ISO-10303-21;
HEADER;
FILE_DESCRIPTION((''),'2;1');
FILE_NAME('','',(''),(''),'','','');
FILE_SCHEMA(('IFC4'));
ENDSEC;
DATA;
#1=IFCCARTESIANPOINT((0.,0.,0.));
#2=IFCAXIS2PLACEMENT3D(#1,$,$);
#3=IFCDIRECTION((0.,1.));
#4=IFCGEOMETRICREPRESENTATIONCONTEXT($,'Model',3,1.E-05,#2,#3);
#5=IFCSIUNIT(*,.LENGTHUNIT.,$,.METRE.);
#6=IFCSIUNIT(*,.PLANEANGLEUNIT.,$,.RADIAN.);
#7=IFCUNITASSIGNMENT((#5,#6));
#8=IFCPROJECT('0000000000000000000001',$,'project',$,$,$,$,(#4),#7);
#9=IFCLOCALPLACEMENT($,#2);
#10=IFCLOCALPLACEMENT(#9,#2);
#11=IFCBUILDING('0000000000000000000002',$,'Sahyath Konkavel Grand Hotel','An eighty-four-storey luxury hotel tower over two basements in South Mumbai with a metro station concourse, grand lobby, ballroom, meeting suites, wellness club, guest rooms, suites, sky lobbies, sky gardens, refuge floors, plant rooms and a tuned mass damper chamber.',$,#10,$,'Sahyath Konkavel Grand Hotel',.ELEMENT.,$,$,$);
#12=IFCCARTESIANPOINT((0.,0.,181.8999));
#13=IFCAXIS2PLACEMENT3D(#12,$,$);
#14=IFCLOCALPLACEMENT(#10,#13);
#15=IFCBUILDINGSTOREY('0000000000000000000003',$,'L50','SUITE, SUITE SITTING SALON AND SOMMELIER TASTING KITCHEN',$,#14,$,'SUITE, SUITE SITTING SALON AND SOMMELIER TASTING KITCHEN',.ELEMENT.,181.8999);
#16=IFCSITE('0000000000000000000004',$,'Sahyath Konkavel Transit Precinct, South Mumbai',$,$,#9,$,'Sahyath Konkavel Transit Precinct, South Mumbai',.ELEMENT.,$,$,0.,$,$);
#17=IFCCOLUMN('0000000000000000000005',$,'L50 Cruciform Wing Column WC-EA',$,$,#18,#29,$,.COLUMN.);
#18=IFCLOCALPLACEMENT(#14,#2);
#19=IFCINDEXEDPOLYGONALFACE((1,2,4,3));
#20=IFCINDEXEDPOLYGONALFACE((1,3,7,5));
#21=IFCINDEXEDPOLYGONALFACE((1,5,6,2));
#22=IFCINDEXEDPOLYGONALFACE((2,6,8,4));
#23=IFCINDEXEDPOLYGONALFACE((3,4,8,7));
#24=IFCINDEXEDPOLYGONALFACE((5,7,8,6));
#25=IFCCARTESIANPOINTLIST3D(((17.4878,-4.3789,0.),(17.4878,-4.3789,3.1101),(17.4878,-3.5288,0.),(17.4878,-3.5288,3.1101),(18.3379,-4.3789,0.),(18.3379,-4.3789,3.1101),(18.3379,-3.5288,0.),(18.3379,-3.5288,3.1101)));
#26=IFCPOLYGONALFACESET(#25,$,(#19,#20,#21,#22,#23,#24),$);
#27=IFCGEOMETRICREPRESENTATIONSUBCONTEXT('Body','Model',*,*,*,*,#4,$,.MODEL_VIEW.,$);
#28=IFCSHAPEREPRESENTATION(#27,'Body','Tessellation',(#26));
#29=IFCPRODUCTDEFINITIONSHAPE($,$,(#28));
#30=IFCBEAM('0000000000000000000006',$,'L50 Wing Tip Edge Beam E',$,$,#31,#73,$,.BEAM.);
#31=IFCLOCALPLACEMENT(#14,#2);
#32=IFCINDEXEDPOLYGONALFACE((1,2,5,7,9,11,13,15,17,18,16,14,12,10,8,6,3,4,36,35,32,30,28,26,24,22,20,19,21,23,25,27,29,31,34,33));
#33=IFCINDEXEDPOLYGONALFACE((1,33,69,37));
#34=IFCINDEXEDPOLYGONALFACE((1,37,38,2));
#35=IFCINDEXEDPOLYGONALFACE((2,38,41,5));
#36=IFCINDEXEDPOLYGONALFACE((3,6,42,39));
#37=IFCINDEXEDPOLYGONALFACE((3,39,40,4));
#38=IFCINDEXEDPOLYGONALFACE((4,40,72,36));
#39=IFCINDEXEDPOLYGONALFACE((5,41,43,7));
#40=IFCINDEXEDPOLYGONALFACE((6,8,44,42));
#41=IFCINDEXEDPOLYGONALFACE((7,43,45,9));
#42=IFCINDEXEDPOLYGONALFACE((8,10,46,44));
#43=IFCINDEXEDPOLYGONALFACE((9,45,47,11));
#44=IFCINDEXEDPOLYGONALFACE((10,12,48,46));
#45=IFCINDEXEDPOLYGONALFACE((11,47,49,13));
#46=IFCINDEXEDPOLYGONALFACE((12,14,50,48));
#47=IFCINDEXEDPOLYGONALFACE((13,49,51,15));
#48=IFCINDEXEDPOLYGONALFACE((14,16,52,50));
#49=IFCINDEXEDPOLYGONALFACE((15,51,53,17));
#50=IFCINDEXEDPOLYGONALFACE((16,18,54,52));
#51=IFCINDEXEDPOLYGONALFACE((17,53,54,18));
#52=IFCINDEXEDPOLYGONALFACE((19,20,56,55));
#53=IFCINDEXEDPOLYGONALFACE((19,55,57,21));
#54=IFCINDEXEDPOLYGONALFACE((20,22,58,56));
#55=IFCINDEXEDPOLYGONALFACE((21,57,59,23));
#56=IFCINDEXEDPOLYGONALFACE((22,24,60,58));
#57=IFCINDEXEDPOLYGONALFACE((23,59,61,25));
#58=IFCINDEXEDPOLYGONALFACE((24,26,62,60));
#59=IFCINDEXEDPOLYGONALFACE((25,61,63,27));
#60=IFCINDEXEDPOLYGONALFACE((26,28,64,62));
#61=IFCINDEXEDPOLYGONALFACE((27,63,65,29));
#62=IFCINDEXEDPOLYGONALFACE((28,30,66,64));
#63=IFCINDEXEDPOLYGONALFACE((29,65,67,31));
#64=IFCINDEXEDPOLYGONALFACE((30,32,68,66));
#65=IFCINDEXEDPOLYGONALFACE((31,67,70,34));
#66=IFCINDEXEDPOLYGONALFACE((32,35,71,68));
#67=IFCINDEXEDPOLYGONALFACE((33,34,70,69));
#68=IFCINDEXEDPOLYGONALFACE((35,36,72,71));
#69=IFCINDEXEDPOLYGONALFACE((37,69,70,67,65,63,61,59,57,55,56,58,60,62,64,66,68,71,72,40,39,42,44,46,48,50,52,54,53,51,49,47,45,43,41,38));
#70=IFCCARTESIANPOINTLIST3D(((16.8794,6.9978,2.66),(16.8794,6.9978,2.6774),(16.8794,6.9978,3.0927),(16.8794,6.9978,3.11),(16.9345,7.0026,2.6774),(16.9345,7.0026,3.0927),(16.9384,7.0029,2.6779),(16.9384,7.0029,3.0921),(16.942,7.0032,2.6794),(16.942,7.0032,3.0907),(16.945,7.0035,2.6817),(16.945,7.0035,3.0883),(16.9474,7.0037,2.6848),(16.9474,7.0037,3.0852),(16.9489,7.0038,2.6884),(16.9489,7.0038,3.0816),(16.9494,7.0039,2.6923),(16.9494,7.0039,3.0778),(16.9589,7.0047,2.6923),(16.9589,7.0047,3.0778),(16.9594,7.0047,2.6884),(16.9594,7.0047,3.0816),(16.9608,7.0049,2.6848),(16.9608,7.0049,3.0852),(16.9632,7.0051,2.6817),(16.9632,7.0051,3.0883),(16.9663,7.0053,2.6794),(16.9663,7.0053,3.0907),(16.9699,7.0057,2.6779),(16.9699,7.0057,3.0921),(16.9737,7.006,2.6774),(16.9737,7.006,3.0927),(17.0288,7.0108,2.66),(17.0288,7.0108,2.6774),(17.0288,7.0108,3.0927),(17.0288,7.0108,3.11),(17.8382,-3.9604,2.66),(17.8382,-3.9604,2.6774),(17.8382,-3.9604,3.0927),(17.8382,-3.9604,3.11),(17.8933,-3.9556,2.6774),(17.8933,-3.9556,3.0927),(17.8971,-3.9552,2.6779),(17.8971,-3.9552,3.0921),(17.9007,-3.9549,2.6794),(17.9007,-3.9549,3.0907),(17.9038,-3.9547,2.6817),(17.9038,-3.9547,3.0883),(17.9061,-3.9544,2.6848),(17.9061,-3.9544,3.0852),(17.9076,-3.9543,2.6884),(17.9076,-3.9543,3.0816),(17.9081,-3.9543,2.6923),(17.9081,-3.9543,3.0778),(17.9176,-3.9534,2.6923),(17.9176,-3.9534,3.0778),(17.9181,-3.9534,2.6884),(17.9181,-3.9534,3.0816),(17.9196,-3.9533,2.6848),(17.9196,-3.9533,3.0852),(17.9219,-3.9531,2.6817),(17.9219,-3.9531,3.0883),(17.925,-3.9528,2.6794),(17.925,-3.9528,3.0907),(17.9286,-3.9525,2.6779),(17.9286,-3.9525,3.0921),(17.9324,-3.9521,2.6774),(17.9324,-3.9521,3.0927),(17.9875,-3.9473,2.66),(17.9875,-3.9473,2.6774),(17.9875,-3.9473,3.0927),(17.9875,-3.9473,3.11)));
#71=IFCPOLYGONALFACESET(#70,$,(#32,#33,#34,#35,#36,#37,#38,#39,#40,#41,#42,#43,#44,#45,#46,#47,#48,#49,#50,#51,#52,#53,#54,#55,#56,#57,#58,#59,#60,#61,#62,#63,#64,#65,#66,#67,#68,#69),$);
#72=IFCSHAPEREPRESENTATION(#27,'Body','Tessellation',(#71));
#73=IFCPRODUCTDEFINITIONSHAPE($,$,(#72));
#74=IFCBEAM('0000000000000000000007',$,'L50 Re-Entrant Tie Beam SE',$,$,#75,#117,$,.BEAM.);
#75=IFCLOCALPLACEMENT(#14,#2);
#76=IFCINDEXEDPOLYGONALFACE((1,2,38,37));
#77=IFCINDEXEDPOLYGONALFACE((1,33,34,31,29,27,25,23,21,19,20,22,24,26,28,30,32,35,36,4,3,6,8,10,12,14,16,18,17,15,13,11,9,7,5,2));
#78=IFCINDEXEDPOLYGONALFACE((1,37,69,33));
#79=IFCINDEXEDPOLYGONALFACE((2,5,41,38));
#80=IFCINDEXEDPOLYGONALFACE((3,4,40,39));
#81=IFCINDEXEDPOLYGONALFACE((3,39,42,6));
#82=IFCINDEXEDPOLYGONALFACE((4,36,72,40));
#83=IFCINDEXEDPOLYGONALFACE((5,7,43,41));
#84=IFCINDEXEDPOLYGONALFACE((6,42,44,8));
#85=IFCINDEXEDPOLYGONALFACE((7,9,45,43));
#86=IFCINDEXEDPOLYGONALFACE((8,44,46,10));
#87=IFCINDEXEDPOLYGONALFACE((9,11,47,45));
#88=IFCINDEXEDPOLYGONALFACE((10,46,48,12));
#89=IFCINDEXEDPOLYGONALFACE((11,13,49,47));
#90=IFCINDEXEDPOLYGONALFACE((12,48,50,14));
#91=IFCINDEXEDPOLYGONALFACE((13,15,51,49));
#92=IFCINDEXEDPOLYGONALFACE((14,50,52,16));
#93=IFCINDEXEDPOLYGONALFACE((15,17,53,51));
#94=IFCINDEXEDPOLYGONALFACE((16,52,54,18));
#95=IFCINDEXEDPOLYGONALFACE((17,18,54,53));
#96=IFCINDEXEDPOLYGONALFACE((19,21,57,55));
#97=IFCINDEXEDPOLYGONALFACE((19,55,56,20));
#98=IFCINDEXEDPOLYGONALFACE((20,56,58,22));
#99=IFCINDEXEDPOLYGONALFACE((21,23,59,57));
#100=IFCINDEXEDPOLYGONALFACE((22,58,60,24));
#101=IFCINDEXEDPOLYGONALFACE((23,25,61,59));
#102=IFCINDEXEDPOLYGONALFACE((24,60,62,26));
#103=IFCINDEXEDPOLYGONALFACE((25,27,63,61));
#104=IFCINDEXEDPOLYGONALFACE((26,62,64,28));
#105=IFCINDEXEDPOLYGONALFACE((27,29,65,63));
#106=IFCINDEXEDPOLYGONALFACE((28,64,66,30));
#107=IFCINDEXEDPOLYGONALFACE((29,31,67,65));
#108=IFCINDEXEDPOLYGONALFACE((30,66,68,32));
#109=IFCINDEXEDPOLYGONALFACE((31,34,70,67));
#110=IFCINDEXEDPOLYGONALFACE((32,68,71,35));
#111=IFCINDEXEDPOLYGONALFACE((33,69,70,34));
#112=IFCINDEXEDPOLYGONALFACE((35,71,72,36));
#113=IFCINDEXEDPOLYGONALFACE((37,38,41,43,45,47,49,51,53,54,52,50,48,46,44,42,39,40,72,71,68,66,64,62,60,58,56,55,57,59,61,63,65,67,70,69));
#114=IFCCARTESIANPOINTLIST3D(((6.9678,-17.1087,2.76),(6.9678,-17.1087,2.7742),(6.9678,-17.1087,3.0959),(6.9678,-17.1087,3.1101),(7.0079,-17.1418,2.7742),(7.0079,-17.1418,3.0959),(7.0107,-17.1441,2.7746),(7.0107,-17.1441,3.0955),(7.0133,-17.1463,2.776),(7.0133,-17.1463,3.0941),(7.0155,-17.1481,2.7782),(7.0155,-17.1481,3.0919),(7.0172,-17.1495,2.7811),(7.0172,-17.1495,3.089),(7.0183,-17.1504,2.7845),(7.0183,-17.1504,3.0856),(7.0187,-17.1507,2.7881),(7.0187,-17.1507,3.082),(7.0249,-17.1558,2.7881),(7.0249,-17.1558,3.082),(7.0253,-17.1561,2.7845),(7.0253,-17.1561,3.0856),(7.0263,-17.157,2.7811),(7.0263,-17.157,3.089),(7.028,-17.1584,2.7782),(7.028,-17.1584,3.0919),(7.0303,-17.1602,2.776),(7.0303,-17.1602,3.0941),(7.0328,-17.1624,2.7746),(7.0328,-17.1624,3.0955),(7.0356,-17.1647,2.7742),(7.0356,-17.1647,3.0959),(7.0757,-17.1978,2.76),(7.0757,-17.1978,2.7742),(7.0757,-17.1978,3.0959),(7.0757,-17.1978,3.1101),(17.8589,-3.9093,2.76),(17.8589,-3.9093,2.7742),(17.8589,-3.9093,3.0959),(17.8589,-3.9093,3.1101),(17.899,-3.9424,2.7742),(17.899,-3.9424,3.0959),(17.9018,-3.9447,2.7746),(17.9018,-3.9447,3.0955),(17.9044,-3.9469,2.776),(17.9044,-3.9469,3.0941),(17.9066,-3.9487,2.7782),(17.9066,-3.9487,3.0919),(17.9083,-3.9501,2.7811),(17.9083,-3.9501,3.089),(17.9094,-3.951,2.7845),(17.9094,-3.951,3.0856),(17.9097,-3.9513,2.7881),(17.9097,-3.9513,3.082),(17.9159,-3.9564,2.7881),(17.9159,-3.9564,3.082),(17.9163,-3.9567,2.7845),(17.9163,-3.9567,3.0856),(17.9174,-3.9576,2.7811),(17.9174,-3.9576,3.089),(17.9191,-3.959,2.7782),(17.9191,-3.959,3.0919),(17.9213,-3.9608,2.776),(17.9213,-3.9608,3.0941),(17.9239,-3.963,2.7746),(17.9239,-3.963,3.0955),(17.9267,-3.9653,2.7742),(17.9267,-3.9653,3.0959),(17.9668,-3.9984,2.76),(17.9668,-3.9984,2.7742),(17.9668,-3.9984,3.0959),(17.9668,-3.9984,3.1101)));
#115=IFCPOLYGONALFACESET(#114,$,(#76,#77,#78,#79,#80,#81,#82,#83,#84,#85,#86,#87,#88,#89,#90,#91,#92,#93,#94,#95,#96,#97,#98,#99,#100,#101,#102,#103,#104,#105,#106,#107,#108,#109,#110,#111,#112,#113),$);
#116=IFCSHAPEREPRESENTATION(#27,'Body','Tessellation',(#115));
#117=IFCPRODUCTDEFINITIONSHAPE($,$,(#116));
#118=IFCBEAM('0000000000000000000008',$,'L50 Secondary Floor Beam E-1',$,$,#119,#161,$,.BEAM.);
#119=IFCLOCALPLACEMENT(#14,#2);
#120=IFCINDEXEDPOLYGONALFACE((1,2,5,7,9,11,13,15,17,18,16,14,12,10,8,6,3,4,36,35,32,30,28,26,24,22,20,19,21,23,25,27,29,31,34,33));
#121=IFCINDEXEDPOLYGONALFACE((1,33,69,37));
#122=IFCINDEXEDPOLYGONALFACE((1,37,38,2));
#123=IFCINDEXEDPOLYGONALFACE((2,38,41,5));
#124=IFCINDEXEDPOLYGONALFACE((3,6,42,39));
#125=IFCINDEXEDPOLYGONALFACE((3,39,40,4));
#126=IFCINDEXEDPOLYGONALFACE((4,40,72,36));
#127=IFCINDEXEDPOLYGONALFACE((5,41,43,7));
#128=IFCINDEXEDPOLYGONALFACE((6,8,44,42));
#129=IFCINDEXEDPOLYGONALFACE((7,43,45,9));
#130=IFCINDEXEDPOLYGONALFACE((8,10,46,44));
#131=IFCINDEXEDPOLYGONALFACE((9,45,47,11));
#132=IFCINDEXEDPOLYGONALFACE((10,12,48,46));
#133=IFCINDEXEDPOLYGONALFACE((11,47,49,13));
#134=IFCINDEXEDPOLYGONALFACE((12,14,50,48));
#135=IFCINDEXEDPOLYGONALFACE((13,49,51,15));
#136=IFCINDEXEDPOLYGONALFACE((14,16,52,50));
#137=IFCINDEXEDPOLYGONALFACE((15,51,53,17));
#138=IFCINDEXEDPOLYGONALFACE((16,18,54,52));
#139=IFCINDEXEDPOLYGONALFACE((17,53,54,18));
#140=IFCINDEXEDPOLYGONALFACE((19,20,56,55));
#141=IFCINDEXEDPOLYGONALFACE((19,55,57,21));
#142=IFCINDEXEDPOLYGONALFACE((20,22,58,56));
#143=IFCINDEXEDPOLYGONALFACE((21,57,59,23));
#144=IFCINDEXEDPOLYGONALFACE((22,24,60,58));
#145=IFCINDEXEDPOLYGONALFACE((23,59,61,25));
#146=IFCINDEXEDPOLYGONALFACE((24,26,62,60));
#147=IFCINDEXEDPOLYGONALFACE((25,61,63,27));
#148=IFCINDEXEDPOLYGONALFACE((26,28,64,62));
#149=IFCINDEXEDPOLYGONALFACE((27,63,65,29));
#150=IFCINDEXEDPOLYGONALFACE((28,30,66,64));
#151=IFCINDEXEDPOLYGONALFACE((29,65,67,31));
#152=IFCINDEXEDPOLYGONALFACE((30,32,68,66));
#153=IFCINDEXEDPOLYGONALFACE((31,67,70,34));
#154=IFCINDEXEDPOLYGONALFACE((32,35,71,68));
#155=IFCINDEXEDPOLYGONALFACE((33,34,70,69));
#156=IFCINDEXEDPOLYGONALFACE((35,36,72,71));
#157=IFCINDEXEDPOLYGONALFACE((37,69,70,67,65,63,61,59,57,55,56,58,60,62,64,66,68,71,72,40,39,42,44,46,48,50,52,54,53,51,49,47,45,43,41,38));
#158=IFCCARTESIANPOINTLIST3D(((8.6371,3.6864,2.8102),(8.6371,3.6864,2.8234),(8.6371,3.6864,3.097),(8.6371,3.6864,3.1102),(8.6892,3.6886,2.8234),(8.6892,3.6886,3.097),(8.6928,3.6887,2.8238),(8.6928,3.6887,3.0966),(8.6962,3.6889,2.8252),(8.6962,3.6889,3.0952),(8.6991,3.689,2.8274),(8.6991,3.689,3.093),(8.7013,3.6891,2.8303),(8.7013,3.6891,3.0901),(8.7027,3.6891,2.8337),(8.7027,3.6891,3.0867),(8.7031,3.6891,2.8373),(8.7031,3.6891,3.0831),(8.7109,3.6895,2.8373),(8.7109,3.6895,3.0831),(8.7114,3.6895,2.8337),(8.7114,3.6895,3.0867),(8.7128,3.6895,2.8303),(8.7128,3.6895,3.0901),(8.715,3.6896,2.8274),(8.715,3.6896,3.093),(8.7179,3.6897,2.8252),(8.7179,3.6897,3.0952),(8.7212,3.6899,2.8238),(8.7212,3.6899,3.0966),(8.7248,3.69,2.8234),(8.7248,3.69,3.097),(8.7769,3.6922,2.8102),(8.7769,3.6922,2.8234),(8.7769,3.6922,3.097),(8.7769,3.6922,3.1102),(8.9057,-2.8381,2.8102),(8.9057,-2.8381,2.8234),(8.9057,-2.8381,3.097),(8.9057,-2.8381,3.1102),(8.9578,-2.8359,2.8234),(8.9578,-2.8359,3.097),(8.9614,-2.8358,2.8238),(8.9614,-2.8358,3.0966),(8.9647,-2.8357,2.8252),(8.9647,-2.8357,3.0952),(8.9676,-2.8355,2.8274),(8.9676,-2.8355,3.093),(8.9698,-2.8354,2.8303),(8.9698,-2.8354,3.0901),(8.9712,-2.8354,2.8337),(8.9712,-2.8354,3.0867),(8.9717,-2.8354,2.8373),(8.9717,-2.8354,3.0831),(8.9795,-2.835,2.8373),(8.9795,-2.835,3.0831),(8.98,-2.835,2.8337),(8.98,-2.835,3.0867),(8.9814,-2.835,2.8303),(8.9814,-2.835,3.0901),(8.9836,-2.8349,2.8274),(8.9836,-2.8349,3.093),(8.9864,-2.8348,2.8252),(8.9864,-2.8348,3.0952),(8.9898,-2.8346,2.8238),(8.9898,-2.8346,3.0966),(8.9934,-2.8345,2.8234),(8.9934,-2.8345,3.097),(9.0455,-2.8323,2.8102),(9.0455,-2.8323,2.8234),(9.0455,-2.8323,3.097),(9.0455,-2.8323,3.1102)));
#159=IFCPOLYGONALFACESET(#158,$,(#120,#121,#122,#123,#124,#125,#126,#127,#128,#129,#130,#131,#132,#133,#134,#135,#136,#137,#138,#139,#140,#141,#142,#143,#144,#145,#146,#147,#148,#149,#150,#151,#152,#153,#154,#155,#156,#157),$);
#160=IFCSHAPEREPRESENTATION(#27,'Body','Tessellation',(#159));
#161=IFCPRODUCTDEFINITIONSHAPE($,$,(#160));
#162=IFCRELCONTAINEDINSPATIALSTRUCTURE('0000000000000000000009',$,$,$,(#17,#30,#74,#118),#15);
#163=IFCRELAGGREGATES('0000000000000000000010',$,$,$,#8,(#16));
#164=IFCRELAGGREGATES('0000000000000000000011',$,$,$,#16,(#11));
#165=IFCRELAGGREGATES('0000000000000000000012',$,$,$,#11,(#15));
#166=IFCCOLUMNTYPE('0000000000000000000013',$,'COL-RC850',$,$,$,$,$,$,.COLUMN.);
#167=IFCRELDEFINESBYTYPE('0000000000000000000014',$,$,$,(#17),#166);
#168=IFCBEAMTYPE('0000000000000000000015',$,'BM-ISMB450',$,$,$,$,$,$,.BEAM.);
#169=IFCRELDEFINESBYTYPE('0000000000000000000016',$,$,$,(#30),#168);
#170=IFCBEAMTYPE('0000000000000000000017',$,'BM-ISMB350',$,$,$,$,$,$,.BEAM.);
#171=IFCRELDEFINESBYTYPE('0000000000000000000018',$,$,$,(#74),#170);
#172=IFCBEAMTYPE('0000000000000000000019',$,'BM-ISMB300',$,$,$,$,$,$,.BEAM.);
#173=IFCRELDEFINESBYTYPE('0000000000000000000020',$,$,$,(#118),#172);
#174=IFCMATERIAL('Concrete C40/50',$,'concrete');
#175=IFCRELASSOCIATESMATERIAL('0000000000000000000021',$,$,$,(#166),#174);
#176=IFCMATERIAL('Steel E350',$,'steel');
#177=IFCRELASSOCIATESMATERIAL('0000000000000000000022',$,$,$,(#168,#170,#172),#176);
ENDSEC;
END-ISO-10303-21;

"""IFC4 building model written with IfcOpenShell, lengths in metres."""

from ifc_helpers import new_model, si_unit, direction, frame, origin, origin_2d, place, context, subcontext, project, spatial, rectangle, i_section, extrude, source, transform, mapped, material, material_profile, profile_set, type_object, element, save


model = new_model("IFC4")

# Units and contexts
model_context = context("Model", 3, precision=1e-05, world=origin(), true_north=direction((0.0, 1.0)))
body_context = subcontext(model_context, "Body", "Model", "MODEL_VIEW")
ifc_project = project(units=[si_unit("LENGTHUNIT", "METRE"), si_unit("PLANEANGLEUNIT", "RADIAN")], contexts=[model_context])

# Site, building, storey
site_placement = place(None, origin())
site = spatial("IfcSite", under=ifc_project, at=site_placement, Name="Sahyath Konkavel Transit Precinct, South Mumbai", LongName="Sahyath Konkavel Transit Precinct, South Mumbai", CompositionType="ELEMENT", RefElevation=0.0)
building_placement = place(site_placement, origin())
building = spatial("IfcBuilding", under=site, at=building_placement, Name="Sahyath Konkavel Grand Hotel", Description="An eighty-four-storey luxury hotel tower over two basements in South Mumbai with a metro station concourse, grand lobby, ballroom, meeting suites, wellness club, guest rooms, suites, sky lobbies, sky gardens, refuge floors, plant rooms and a tuned mass damper chamber.", LongName="Sahyath Konkavel Grand Hotel", CompositionType="ELEMENT")
storey_placement = place(building_placement, frame((0.0, 0.0, 181.8999)))
storey = spatial("IfcBuildingStorey", under=building, at=storey_placement, Name="L50", Description="SUITE, SUITE SITTING SALON AND SOMMELIER TASTING KITCHEN", LongName="SUITE, SUITE SITTING SALON AND SOMMELIER TASTING KITCHEN", CompositionType="ELEMENT", Elevation=181.8999)

# Column
ifc_material_1 = material(Name="Concrete C40/50", Category="concrete")
ifc_material_profile_1 = material_profile(ifc_material_1, rectangle(XDim=0.8501, YDim=0.8501, at=origin_2d()), Name="RC 850x850")
ifc_profile_set_1 = profile_set([ifc_material_profile_1], Name="Concrete C40/50")
column_type = type_object("IfcColumnType", Name="COL-RC850", PredefinedType="COLUMN", material=ifc_profile_set_1)
shared_shape_1 = source(origin(), body_context, "Body", "SweptSolid", [
    extrude(rectangle(XDim=0.8501, YDim=0.8501, at=origin_2d()), origin(), (0.0, 0.0, 1.0), 3.1101),
])
column_placement = place(storey_placement, frame((17.9128, -3.9539, 0.0), z_axis=(0.0, 0.0, 1.0), x_axis=(1.0, 0.0, 0.0)))
element("IfcColumn", 1, at=column_placement, inside=storey, type_object=column_type, Name="L50 Cruciform Wing Column WC-EA", PredefinedType="COLUMN", context=body_context, shape_type="MappedRepresentation", body=[
    mapped(shared_shape_1, transform((0.0, 0.0, 0.0), scale=1.0)),
])

# Beams
ifc_material_2 = material(Name="Steel E350", Category="steel")
ifc_material_profile_2 = material_profile(ifc_material_2, i_section(OverallWidth=0.1499, OverallDepth=0.45, WebThickness=0.0095, FlangeThickness=0.0173, FilletRadius=0.0149, at=origin_2d()), Name="ISMB 450")
ifc_profile_set_2 = profile_set([ifc_material_profile_2], Name="Steel E350")
beam_type_1 = type_object("IfcBeamType", Name="BM-ISMB450", PredefinedType="BEAM", material=ifc_profile_set_2)
shared_shape_2 = source(origin(), body_context, "Body", "SweptSolid", [
    extrude(i_section(OverallWidth=0.1499, OverallDepth=0.45, WebThickness=0.0095, FlangeThickness=0.0173, FilletRadius=0.0149, at=origin_2d()), origin(), (0.0, 0.0, 1.0), 11.0),
])
beam_1_placement = place(storey_placement, frame((17.9128, -3.9539, 2.885), z_axis=(-0.087157, 0.996195, 0.0), x_axis=(-0.996195, -0.087157, 0.0)))
element("IfcBeam", 2, at=beam_1_placement, inside=storey, type_object=beam_type_1, Name="L50 Wing Tip Edge Beam E", PredefinedType="BEAM", context=body_context, shape_type="MappedRepresentation", body=[
    mapped(shared_shape_2, transform((0.0, 0.0, 0.0), scale=1.0)),
])
ifc_material_profile_3 = material_profile(ifc_material_2, i_section(OverallWidth=0.1399, OverallDepth=0.3501, WebThickness=0.0081, FlangeThickness=0.0142, FilletRadius=0.0139, at=origin_2d()), Name="ISMB 350")
ifc_profile_set_3 = profile_set([ifc_material_profile_3], Name="Steel E350")
beam_type_2 = type_object("IfcBeamType", Name="BM-ISMB350", PredefinedType="BEAM", material=ifc_profile_set_3)
shared_shape_3 = source(origin(), body_context, "Body", "SweptSolid", [
    extrude(i_section(OverallWidth=0.1399, OverallDepth=0.3501, WebThickness=0.0081, FlangeThickness=0.0142, FilletRadius=0.0139, at=origin_2d()), origin(), (0.0, 0.0, 1.0), 17.1125),
])
beam_2_placement = place(storey_placement, frame((17.9128, -3.9539, 2.9351), z_axis=(-0.636437, -0.771329, 0.0), x_axis=(0.771329, -0.636437, 0.0)))
element("IfcBeam", 3, at=beam_2_placement, inside=storey, type_object=beam_type_2, Name="L50 Re-Entrant Tie Beam SE", PredefinedType="BEAM", context=body_context, shape_type="MappedRepresentation", body=[
    mapped(shared_shape_3, transform((0.0, 0.0, 0.0), scale=1.0)),
])
ifc_material_profile_4 = material_profile(ifc_material_2, i_section(OverallWidth=0.1399, OverallDepth=0.3, WebThickness=0.0078, FlangeThickness=0.0132, FilletRadius=0.0139, at=origin_2d()), Name="ISMB 300")
ifc_profile_set_4 = profile_set([ifc_material_profile_4], Name="Steel E350")
beam_type_3 = type_object("IfcBeamType", Name="BM-ISMB300", PredefinedType="BEAM", material=ifc_profile_set_4)
shared_shape_4 = source(origin(), body_context, "Body", "SweptSolid", [
    extrude(i_section(OverallWidth=0.1399, OverallDepth=0.3, WebThickness=0.0078, FlangeThickness=0.0132, FilletRadius=0.0139, at=origin_2d()), origin(), (0.0, 0.0, 1.0), 6.53),
])
beam_3_placement = place(storey_placement, frame((8.9756, -2.8352, 2.9602), z_axis=(-0.041127, 0.999154, 0.0), x_axis=(-0.999154, -0.041127, 0.0)))
element("IfcBeam", 4, at=beam_3_placement, inside=storey, type_object=beam_type_3, Name="L50 Secondary Floor Beam E-1", PredefinedType="BEAM", context=body_context, shape_type="MappedRepresentation", body=[
    mapped(shared_shape_4, transform((0.0, 0.0, 0.0), scale=1.0)),
])

save(model, "model.ifc")
